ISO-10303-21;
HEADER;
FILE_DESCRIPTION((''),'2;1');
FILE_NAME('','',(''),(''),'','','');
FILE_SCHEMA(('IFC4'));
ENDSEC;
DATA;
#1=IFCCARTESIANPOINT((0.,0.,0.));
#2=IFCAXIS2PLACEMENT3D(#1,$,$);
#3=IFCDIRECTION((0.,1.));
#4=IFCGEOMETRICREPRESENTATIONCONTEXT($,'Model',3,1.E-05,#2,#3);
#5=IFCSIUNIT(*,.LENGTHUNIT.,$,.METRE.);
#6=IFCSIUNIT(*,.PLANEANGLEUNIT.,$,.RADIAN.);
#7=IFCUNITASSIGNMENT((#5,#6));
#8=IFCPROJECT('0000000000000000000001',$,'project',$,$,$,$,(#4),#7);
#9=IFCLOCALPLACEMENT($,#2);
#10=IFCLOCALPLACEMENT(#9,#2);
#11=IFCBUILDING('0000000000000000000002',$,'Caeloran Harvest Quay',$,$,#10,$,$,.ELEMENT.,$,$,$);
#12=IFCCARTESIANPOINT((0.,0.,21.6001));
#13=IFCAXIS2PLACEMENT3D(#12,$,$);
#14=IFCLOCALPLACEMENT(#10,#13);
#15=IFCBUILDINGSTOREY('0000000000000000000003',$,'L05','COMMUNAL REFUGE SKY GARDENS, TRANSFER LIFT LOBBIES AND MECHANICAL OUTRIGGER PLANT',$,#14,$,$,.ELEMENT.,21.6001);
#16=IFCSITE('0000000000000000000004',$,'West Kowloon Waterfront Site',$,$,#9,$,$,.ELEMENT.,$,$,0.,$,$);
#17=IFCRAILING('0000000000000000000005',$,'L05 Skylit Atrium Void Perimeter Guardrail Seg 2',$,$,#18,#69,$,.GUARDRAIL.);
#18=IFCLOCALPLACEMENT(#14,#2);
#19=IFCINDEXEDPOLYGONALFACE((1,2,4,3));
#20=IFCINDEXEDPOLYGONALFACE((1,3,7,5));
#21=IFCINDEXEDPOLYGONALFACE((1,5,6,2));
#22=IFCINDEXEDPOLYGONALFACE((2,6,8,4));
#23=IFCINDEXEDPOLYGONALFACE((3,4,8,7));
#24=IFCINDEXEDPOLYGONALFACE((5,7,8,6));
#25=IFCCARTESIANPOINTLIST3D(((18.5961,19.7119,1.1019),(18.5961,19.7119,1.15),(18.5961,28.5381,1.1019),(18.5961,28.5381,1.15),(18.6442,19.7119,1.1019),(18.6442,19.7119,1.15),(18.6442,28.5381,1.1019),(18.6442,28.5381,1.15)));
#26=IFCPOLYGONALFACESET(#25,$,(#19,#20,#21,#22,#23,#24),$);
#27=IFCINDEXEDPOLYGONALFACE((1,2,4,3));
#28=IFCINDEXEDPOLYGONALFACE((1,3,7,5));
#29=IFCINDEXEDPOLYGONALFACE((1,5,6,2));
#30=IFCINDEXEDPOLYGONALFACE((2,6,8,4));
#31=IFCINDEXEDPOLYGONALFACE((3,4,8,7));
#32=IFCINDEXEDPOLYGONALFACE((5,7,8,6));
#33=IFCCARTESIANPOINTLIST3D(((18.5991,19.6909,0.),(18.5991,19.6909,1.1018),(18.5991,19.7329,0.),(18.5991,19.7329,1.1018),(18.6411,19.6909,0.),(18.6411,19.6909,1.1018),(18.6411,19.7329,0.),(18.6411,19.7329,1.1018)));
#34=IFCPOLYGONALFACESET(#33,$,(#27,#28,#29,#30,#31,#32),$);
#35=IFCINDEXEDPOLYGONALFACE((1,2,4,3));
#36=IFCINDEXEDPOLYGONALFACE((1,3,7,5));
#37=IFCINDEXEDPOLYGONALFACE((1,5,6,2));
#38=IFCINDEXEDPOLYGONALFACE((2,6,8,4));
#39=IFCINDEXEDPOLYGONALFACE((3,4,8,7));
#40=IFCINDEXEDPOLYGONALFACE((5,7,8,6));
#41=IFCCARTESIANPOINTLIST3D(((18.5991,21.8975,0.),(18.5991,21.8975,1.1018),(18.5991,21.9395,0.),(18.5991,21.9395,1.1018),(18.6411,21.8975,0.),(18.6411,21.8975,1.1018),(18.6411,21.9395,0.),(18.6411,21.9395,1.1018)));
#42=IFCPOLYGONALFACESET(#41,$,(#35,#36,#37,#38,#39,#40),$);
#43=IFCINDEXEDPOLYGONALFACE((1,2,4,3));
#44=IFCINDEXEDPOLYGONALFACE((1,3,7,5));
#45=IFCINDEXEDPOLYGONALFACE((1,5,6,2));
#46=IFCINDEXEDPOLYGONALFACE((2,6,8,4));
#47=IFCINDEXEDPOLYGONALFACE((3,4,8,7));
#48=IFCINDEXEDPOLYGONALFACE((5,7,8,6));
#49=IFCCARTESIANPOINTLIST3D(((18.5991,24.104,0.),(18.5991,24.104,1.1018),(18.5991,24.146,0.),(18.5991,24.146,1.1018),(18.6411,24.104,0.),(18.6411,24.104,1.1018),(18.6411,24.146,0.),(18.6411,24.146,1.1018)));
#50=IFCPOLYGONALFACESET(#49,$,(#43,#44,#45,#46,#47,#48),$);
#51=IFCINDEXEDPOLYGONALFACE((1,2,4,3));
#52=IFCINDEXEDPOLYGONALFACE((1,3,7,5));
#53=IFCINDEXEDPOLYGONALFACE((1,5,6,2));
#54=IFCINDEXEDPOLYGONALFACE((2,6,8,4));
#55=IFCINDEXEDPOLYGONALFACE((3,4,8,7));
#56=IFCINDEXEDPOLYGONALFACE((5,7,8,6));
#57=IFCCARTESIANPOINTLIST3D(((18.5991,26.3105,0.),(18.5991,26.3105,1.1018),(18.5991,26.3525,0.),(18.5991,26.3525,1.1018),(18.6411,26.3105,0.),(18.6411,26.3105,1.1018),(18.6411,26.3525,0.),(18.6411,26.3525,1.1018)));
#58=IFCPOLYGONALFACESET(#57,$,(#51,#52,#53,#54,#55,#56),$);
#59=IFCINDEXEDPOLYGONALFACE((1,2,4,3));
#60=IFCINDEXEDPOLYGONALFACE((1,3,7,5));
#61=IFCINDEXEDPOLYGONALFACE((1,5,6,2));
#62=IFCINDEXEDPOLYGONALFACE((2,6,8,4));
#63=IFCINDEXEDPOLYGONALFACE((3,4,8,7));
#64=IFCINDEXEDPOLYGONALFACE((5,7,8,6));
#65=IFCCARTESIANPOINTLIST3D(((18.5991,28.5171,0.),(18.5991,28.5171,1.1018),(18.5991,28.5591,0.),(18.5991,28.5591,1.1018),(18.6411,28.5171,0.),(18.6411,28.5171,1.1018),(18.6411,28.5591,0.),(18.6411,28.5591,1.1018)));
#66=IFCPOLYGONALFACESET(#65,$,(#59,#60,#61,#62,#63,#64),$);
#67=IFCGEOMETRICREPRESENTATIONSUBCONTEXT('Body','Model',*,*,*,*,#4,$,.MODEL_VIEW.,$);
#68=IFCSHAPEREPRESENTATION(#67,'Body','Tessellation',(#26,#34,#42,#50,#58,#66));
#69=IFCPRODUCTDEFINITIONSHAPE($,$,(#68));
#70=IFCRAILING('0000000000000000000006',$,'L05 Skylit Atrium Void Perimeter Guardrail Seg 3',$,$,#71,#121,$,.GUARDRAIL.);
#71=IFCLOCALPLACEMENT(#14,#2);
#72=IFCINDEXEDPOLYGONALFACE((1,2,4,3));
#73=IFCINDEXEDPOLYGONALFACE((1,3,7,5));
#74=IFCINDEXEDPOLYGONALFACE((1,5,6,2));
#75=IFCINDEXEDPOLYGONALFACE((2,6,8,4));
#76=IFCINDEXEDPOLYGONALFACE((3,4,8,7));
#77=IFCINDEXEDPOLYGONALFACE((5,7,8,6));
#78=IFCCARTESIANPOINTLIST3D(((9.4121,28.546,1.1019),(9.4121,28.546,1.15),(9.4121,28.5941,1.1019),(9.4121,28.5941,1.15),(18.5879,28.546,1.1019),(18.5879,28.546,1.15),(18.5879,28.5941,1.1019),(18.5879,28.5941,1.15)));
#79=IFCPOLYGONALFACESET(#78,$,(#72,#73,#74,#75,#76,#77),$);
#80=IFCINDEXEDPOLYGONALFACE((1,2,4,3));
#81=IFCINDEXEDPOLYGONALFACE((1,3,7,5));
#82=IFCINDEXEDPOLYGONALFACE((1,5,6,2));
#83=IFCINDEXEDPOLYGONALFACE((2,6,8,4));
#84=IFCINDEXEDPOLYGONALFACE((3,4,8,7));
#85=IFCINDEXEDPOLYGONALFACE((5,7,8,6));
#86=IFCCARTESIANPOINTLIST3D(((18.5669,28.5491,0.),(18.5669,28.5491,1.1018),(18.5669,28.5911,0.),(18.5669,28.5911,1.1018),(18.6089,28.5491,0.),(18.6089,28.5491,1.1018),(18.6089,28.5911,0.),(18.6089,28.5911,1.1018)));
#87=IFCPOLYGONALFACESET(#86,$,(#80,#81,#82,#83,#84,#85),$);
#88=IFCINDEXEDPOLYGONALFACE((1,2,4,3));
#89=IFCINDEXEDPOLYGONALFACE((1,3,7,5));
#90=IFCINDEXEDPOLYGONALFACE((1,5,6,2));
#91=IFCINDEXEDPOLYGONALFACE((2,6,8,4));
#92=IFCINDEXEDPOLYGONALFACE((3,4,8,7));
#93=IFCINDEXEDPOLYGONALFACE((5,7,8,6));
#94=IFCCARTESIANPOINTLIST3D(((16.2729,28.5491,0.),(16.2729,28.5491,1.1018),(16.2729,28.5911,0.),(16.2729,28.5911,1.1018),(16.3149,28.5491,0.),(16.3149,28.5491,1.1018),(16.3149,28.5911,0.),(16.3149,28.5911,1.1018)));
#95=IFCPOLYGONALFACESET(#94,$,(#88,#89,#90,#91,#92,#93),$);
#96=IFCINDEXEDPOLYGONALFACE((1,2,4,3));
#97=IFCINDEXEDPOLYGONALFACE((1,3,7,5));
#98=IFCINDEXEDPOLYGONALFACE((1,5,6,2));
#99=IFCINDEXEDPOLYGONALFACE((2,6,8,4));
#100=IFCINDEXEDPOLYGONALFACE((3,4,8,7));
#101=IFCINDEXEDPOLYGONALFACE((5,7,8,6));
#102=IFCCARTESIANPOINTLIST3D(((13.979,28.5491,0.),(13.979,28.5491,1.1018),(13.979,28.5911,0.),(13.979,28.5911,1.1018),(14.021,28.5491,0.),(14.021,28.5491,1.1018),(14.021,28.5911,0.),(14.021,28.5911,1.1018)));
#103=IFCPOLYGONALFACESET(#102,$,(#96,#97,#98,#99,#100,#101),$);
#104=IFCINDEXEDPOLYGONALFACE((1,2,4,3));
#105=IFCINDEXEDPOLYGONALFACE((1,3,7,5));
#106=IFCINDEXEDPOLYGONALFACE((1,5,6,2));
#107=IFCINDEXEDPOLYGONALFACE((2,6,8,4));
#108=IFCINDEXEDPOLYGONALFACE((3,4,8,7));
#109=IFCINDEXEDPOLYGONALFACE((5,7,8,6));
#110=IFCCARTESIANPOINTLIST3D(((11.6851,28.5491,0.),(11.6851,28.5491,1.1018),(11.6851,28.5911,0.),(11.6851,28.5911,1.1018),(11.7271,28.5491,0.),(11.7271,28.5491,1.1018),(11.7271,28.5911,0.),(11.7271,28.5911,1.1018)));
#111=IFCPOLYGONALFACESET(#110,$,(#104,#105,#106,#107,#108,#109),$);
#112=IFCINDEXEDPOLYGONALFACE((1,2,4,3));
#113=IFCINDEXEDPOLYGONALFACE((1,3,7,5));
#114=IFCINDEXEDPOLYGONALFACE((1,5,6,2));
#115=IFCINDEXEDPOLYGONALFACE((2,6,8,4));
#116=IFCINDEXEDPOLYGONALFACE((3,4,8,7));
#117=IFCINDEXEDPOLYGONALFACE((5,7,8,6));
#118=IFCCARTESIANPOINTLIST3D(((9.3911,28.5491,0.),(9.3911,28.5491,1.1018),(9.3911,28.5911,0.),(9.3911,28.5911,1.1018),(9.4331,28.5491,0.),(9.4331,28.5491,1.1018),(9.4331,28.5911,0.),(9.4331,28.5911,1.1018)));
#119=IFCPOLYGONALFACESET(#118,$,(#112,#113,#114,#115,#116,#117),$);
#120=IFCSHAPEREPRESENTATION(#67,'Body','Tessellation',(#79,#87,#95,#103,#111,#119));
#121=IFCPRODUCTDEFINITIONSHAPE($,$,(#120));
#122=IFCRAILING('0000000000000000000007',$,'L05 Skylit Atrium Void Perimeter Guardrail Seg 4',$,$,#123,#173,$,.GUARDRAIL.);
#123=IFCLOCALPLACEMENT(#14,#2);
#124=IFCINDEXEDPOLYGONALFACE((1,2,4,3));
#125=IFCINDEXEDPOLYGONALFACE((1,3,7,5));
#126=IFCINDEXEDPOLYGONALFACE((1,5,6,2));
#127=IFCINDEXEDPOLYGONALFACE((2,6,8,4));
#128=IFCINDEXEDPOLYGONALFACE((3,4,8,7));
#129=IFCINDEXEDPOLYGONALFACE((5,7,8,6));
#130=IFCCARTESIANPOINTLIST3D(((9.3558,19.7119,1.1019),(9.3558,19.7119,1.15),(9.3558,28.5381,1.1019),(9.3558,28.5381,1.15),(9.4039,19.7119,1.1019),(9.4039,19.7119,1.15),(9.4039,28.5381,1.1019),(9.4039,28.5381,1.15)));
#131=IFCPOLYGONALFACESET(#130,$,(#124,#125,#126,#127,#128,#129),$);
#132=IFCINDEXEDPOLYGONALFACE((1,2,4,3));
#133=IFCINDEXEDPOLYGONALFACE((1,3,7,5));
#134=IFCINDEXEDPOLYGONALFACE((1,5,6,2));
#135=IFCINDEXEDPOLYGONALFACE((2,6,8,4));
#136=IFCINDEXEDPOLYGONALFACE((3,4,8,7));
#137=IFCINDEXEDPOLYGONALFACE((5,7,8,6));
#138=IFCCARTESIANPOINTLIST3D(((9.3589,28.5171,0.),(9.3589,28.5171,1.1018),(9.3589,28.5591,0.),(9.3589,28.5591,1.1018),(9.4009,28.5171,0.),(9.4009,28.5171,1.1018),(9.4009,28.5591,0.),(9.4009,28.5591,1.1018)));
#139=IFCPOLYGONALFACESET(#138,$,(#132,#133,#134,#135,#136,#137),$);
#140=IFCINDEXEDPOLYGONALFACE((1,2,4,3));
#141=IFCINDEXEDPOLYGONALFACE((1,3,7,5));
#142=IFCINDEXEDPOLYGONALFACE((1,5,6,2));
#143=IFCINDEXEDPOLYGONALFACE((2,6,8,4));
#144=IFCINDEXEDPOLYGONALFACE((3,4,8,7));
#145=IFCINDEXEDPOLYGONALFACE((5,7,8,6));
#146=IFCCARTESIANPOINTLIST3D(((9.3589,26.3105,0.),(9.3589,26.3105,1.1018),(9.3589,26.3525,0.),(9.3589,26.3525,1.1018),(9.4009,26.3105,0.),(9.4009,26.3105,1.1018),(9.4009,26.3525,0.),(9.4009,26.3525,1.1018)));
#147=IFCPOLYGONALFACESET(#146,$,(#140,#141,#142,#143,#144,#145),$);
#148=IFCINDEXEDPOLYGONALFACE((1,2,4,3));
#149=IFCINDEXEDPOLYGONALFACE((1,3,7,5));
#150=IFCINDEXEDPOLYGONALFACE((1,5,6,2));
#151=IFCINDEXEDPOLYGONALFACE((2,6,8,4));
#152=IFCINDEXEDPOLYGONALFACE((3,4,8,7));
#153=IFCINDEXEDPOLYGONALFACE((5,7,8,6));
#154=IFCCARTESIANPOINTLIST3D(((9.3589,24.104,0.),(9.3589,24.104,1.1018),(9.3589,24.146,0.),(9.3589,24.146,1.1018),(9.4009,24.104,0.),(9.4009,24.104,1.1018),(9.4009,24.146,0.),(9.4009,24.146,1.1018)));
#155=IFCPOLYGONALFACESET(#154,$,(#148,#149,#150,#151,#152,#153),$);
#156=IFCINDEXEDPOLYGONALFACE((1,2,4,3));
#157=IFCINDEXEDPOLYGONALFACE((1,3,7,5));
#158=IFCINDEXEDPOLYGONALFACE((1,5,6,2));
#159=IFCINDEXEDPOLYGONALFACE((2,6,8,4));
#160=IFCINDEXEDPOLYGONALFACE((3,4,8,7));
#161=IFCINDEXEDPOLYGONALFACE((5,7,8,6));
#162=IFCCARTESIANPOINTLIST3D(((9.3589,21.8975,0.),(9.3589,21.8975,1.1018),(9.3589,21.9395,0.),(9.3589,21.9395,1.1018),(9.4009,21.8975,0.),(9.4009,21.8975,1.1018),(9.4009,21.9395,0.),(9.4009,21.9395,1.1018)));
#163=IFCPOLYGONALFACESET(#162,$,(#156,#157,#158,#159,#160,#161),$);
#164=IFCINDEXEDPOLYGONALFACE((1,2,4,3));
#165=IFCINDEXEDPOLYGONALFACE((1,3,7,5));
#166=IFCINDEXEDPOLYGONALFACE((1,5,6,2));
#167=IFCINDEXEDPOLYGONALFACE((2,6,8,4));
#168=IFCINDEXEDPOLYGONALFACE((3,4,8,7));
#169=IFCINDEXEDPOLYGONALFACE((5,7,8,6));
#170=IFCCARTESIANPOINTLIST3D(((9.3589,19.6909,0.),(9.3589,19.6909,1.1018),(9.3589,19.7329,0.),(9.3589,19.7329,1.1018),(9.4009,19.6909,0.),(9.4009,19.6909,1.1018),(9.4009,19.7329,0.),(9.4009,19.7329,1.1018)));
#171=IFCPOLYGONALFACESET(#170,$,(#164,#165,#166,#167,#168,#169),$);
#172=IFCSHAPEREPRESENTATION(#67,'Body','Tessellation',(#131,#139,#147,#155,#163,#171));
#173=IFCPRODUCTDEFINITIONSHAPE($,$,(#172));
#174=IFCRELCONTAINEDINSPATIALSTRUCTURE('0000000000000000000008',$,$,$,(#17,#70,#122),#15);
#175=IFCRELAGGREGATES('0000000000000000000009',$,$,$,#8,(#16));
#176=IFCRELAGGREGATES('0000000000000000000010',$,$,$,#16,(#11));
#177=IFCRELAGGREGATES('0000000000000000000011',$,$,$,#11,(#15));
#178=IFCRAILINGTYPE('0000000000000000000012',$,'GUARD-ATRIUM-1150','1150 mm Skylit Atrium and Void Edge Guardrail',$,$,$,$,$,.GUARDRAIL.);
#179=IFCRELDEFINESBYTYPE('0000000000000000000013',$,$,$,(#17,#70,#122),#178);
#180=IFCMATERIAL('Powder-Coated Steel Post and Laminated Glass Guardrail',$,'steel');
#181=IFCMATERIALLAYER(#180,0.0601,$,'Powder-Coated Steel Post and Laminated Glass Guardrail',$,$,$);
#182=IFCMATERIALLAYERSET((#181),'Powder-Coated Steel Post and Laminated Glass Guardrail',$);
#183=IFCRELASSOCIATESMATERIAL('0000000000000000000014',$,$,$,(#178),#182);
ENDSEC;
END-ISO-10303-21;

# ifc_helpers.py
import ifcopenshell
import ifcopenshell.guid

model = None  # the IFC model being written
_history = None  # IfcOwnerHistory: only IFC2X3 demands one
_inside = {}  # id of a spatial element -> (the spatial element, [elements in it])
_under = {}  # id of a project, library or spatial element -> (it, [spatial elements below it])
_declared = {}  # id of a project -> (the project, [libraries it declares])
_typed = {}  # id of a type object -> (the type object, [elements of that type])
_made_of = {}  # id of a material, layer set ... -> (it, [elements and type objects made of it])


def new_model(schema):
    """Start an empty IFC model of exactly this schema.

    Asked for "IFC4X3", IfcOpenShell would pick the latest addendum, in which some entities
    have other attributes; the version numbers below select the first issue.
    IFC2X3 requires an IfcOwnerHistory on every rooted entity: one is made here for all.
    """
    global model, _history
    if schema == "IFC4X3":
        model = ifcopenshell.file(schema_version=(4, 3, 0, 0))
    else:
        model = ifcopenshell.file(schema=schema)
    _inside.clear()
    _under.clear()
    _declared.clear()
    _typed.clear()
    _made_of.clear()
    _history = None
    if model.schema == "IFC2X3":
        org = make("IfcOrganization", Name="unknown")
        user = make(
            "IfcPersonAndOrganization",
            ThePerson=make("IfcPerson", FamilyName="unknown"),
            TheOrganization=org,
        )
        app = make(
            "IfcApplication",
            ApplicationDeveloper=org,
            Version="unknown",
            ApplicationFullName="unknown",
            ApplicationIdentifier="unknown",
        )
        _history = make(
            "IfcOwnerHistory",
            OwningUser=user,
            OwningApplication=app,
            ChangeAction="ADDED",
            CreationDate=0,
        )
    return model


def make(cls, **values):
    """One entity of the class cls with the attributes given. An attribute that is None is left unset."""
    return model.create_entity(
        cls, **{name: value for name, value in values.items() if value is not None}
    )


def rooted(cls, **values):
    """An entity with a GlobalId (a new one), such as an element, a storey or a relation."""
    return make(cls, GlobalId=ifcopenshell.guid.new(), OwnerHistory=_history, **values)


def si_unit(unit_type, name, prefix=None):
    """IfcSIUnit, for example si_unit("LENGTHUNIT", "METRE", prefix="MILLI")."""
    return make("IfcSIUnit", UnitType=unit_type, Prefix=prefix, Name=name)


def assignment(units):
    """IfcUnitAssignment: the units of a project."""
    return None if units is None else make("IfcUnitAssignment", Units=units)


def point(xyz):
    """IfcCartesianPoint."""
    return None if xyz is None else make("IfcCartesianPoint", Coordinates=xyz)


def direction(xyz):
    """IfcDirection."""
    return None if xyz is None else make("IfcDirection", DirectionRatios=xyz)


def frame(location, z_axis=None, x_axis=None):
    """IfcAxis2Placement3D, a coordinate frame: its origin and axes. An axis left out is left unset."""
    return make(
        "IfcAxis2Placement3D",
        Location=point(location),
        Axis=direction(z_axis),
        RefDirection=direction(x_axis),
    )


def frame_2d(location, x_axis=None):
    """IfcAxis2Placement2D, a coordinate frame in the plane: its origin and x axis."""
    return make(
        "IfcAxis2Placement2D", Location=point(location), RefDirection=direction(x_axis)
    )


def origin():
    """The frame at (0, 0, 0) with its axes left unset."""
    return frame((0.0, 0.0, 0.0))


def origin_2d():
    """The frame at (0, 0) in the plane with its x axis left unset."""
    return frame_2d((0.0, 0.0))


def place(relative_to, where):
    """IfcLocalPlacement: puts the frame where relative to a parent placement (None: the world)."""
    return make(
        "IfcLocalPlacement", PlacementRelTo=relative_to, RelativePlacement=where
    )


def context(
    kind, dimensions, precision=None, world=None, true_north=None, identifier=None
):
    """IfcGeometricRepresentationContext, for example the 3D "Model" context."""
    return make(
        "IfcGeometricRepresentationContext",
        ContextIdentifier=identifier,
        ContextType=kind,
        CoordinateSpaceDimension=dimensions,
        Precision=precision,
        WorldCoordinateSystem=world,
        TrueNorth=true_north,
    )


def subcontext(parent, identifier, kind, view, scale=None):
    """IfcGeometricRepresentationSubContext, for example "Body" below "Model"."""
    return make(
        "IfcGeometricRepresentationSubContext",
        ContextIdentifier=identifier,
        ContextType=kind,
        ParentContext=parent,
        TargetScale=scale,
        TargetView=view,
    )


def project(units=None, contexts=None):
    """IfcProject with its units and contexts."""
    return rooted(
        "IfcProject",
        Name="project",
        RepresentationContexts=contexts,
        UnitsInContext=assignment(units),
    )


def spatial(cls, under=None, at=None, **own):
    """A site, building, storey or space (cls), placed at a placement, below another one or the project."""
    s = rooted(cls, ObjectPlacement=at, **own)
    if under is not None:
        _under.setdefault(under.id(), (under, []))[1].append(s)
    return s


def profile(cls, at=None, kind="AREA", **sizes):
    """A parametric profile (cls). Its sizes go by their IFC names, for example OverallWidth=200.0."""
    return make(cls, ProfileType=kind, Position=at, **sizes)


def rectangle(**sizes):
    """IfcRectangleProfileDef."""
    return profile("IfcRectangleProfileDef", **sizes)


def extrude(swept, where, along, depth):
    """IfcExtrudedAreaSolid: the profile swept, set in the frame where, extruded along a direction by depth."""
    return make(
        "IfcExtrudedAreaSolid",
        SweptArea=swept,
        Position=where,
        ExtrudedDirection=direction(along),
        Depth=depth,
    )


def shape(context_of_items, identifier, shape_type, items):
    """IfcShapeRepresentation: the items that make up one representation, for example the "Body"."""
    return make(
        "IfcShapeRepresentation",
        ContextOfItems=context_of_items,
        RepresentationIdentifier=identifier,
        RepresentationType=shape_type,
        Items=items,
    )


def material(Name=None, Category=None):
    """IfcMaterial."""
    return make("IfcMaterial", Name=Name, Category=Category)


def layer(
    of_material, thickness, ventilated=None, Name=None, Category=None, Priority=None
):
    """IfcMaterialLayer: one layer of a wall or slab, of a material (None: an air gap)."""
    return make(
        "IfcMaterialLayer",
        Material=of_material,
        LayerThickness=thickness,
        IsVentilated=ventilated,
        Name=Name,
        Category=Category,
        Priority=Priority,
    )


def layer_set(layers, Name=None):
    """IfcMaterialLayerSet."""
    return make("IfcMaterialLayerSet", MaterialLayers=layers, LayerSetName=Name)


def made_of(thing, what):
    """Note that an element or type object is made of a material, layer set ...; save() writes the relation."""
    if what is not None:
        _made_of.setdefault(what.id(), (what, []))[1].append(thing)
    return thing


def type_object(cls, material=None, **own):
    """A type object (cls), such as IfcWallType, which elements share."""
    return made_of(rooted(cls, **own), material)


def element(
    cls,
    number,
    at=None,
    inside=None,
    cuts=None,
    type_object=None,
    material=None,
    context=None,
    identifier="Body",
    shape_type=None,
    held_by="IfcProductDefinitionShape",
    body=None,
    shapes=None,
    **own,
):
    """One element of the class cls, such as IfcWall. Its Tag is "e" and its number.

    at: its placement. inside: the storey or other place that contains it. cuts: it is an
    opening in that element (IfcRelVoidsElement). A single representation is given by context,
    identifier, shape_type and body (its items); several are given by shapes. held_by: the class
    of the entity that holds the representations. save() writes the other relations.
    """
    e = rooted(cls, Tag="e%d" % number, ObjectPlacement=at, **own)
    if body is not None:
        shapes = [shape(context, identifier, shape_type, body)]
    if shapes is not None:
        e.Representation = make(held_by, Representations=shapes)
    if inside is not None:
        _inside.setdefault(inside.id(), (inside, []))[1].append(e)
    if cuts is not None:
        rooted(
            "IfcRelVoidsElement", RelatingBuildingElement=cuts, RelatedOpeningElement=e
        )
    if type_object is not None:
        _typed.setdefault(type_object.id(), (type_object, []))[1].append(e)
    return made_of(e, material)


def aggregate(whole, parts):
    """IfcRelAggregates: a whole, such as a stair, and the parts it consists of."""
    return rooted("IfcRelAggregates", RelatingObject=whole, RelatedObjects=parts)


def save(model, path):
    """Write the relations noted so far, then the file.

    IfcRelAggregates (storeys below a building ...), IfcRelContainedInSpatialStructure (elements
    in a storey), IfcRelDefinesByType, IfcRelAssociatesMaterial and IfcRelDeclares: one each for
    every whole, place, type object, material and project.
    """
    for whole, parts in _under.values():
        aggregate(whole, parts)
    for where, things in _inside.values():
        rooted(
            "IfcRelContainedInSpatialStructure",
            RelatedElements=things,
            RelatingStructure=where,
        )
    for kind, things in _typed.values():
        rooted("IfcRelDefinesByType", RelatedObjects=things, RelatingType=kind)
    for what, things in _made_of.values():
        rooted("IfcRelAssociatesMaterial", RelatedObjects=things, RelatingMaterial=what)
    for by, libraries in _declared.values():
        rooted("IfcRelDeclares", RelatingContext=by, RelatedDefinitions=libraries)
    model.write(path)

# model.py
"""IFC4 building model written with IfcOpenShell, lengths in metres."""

from ifc_helpers import new_model, si_unit, direction, frame, origin, origin_2d, place, context, subcontext, project, spatial, rectangle, extrude, material, layer, layer_set, type_object, element, save


model = new_model("IFC4")

# Units and contexts
model_context = context("Model", 3, precision=1e-05, world=origin(), true_north=direction((0.0, 1.0)))
body_context = subcontext(model_context, "Body", "Model", "MODEL_VIEW")
ifc_project = project(units=[si_unit("LENGTHUNIT", "METRE"), si_unit("PLANEANGLEUNIT", "RADIAN")], contexts=[model_context])

# Site, building, storey
site_placement = place(None, origin())
site = spatial("IfcSite", under=ifc_project, at=site_placement, Name="West Kowloon Waterfront Site", CompositionType="ELEMENT", RefElevation=0.0)
building_placement = place(site_placement, origin())
building = spatial("IfcBuilding", under=site, at=building_placement, Name="Caeloran Harvest Quay", CompositionType="ELEMENT")
storey_placement = place(building_placement, frame((0.0, 0.0, 21.6001)))
storey = spatial("IfcBuildingStorey", under=building, at=storey_placement, Name="L05", Description="COMMUNAL REFUGE SKY GARDENS, TRANSFER LIFT LOBBIES AND MECHANICAL OUTRIGGER PLANT", CompositionType="ELEMENT", Elevation=21.6001)

# Railings
ifc_material_1 = material(Name="Powder-Coated Steel Post and Laminated Glass Guardrail", Category="steel")
ifc_layer_1 = layer(ifc_material_1, 0.0601, Name="Powder-Coated Steel Post and Laminated Glass Guardrail")
ifc_layer_set_1 = layer_set([ifc_layer_1], Name="Powder-Coated Steel Post and Laminated Glass Guardrail")
railing_type = type_object("IfcRailingType", Name="GUARD-ATRIUM-1150", Description="1150 mm Skylit Atrium and Void Edge Guardrail", PredefinedType="GUARDRAIL", material=ifc_layer_set_1)
railing_1_placement = place(storey_placement, frame((18.6201, 19.7119, 0.0)))
element("IfcRailing", 1, at=railing_1_placement, inside=storey, type_object=railing_type, Name="L05 Skylit Atrium Void Perimeter Guardrail Seg 2", PredefinedType="GUARDRAIL", context=body_context, shape_type="SweptSolid", body=[
    extrude(rectangle(XDim=0.0481, YDim=0.0481, at=origin_2d()), frame((0.0, 0.0, 1.126), z_axis=(0.0, 1.0, 0.0), x_axis=(-1.0, 0.0, 0.0)), (0.0, 0.0, 1.0), 8.8262),
    extrude(rectangle(XDim=0.042, YDim=0.042, at=origin_2d()), origin(), (0.0, 0.0, 1.0), 1.1018),
    extrude(rectangle(XDim=0.042, YDim=0.042, at=origin_2d()), frame((0.0, 2.2065, 0.0)), (0.0, 0.0, 1.0), 1.1018),
    extrude(rectangle(XDim=0.042, YDim=0.042, at=origin_2d()), frame((0.0, 4.4131, 0.0)), (0.0, 0.0, 1.0), 1.1018),
    extrude(rectangle(XDim=0.042, YDim=0.042, at=origin_2d()), frame((0.0, 6.6196, 0.0)), (0.0, 0.0, 1.0), 1.1018),
    extrude(rectangle(XDim=0.042, YDim=0.042, at=origin_2d()), frame((0.0, 8.8262, 0.0)), (0.0, 0.0, 1.0), 1.1018),
])
railing_2_placement = place(storey_placement, frame((18.5879, 28.5701, 0.0)))
element("IfcRailing", 2, at=railing_2_placement, inside=storey, type_object=railing_type, Name="L05 Skylit Atrium Void Perimeter Guardrail Seg 3", PredefinedType="GUARDRAIL", context=body_context, shape_type="SweptSolid", body=[
    extrude(rectangle(XDim=0.0481, YDim=0.0481, at=origin_2d()), frame((0.0, 0.0, 1.126), z_axis=(-1.0, 0.0, 0.0), x_axis=(0.0, -1.0, 0.0)), (0.0, 0.0, 1.0), 9.1758),
    extrude(rectangle(XDim=0.042, YDim=0.042, at=origin_2d()), origin(), (0.0, 0.0, 1.0), 1.1018),
    extrude(rectangle(XDim=0.042, YDim=0.042, at=origin_2d()), frame((-2.2939, 0.0, 0.0)), (0.0, 0.0, 1.0), 1.1018),
    extrude(rectangle(XDim=0.042, YDim=0.042, at=origin_2d()), frame((-4.5879, 0.0, 0.0)), (0.0, 0.0, 1.0), 1.1018),
    extrude(rectangle(XDim=0.042, YDim=0.042, at=origin_2d()), frame((-6.8818, 0.0, 0.0)), (0.0, 0.0, 1.0), 1.1018),
    extrude(rectangle(XDim=0.042, YDim=0.042, at=origin_2d()), frame((-9.1758, 0.0, 0.0)), (0.0, 0.0, 1.0), 1.1018),
])
railing_3_placement = place(storey_placement, frame((9.3799, 28.5381, 0.0)))
element("IfcRailing", 3, at=railing_3_placement, inside=storey, type_object=railing_type, Name="L05 Skylit Atrium Void Perimeter Guardrail Seg 4", PredefinedType="GUARDRAIL", context=body_context, shape_type="SweptSolid", body=[
    extrude(rectangle(XDim=0.0481, YDim=0.0481, at=origin_2d()), frame((0.0, 0.0, 1.126), z_axis=(0.0, -1.0, 0.0), x_axis=(1.0, 0.0, 0.0)), (0.0, 0.0, 1.0), 8.8262),
    extrude(rectangle(XDim=0.042, YDim=0.042, at=origin_2d()), origin(), (0.0, 0.0, 1.0), 1.1018),
    extrude(rectangle(XDim=0.042, YDim=0.042, at=origin_2d()), frame((0.0, -2.2065, 0.0)), (0.0, 0.0, 1.0), 1.1018),
    extrude(rectangle(XDim=0.042, YDim=0.042, at=origin_2d()), frame((0.0, -4.4131, 0.0)), (0.0, 0.0, 1.0), 1.1018),
    extrude(rectangle(XDim=0.042, YDim=0.042, at=origin_2d()), frame((0.0, -6.6196, 0.0)), (0.0, 0.0, 1.0), 1.1018),
    extrude(rectangle(XDim=0.042, YDim=0.042, at=origin_2d()), frame((0.0, -8.8262, 0.0)), (0.0, 0.0, 1.0), 1.1018),
])

save(model, "model.ifc")
